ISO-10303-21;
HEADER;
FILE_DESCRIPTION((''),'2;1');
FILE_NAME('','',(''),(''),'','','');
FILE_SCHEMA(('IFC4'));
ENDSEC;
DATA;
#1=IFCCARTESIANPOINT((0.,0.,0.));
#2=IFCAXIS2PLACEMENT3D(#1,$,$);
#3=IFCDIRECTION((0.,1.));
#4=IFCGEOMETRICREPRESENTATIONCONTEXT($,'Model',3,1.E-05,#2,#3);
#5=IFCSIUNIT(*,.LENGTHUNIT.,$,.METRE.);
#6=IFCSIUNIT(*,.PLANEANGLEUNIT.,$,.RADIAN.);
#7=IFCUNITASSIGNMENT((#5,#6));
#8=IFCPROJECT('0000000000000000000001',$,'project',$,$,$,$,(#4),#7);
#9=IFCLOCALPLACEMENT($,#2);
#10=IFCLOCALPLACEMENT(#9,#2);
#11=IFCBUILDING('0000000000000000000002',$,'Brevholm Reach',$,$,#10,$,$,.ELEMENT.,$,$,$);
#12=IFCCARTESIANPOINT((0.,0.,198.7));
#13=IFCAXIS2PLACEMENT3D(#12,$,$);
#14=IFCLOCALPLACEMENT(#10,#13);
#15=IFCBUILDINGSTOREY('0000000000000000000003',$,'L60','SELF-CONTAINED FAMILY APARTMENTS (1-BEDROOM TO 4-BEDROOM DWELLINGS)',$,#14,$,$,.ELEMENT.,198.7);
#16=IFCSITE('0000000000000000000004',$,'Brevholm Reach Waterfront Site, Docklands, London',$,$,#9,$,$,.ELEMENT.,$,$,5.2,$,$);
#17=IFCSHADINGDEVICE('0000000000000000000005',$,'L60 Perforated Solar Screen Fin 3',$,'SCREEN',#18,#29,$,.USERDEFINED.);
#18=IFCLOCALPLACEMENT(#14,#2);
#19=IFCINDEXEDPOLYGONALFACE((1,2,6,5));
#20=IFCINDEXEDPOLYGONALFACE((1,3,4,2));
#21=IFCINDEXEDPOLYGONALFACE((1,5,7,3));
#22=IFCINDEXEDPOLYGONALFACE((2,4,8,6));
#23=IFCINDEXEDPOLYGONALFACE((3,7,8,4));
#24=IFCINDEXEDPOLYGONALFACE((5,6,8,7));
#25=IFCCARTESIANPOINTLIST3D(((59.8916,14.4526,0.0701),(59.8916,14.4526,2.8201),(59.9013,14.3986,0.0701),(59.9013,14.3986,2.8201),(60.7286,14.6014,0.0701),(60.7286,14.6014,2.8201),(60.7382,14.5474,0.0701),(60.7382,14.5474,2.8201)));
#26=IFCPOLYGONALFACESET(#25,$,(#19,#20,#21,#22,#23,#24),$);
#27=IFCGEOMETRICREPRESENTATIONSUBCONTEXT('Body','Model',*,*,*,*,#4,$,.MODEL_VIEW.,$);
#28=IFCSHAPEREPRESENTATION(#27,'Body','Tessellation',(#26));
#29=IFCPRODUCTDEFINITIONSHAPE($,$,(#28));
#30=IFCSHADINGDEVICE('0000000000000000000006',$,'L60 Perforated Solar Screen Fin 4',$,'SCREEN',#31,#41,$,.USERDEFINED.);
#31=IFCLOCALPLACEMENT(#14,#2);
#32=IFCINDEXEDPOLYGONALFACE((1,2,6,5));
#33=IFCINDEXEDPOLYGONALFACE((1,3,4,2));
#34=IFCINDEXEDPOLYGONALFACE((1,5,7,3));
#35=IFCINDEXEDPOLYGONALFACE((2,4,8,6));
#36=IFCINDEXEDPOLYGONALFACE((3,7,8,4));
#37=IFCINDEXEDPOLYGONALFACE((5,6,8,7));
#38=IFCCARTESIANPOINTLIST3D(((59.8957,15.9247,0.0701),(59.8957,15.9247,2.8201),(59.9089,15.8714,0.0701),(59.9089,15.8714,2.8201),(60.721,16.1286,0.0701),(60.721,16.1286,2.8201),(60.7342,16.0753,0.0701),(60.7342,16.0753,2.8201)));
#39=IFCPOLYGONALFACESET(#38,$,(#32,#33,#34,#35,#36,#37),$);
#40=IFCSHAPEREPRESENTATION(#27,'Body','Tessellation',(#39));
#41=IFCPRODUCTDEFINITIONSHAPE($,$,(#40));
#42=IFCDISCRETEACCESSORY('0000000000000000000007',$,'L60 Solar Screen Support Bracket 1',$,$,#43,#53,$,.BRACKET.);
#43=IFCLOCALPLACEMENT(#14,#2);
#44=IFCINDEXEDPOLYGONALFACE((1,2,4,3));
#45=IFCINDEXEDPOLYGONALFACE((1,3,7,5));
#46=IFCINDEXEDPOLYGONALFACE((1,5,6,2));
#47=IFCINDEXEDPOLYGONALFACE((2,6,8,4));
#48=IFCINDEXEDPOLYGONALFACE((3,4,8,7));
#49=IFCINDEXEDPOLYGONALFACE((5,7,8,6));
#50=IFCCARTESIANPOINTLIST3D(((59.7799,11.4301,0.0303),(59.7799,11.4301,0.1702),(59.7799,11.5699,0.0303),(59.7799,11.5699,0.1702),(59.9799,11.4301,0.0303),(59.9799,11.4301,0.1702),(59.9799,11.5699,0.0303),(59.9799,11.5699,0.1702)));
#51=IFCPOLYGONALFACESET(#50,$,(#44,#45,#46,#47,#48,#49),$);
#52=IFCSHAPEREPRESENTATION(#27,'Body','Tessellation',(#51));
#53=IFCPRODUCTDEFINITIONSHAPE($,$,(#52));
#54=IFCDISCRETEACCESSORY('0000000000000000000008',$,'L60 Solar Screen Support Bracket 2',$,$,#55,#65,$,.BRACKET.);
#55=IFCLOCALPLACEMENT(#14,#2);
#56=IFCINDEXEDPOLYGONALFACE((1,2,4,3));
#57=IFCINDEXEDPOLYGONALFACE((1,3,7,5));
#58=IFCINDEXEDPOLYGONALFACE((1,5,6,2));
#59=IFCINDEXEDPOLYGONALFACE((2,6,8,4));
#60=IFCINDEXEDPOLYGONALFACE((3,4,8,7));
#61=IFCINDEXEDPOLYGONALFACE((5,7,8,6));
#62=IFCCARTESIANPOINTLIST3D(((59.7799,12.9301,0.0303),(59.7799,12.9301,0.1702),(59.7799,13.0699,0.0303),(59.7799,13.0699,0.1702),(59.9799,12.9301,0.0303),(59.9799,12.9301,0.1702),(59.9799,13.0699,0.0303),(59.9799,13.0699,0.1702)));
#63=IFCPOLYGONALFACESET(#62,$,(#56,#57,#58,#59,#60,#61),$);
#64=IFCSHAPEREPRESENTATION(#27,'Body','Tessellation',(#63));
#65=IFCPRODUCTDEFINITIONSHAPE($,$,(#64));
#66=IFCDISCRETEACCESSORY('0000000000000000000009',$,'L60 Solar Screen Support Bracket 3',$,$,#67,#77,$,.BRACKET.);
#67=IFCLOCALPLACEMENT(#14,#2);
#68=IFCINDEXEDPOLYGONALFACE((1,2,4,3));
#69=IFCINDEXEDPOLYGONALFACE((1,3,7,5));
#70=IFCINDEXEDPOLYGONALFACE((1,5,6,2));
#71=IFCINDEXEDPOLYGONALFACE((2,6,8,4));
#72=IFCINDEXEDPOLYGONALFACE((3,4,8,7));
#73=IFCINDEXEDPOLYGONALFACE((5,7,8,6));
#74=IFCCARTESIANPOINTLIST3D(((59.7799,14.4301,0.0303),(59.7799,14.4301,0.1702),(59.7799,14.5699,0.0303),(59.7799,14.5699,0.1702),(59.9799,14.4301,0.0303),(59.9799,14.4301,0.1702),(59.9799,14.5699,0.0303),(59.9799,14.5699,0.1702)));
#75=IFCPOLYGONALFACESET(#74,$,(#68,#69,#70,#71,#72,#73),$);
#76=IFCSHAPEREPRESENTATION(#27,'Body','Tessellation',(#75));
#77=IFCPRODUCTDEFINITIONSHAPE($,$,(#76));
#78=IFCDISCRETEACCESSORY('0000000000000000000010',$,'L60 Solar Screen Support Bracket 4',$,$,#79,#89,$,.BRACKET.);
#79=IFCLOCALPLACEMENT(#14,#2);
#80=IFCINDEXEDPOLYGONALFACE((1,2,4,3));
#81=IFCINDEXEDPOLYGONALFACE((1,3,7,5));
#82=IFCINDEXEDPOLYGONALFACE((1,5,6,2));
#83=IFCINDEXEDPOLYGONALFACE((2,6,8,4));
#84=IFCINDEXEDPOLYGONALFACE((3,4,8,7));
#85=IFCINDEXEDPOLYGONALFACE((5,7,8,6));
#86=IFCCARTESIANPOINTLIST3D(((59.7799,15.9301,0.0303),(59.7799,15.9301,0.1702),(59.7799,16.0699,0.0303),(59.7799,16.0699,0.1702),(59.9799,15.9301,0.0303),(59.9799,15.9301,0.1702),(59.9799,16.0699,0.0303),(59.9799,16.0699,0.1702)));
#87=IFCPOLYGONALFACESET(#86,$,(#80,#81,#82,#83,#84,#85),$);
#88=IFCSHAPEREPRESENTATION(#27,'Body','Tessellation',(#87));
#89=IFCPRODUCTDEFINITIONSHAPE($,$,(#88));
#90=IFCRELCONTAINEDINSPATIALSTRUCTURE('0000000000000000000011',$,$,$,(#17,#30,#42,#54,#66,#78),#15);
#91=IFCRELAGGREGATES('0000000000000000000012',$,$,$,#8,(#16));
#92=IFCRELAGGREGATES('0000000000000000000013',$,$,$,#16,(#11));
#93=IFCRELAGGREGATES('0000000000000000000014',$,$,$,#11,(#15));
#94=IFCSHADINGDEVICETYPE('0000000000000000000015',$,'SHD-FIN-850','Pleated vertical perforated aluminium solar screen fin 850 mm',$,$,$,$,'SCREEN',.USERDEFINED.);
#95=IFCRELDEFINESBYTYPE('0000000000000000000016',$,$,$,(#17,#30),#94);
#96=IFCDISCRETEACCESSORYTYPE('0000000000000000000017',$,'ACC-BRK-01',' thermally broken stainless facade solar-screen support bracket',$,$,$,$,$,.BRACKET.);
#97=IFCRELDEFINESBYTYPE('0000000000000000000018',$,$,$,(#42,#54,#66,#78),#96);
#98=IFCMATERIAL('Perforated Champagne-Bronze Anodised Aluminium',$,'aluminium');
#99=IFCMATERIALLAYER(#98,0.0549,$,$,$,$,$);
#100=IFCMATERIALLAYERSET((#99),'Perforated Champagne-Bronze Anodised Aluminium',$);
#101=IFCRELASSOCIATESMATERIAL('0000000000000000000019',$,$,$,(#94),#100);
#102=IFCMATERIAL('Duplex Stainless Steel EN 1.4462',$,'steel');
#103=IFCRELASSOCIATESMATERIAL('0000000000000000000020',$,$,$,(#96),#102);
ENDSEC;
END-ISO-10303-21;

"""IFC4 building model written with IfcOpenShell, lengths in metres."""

from ifc_helpers import new_model, si_unit, direction, frame, origin, origin_2d, place, context, subcontext, project, spatial, rectangle, extrude, material, layer, layer_set, type_object, element, save


model = new_model("IFC4")

# Units and contexts
model_context = context("Model", 3, precision=1e-05, world=origin(), true_north=direction((0.0, 1.0)))
body_context = subcontext(model_context, "Body", "Model", "MODEL_VIEW")
ifc_project = project(units=[si_unit("LENGTHUNIT", "METRE"), si_unit("PLANEANGLEUNIT", "RADIAN")], contexts=[model_context])

# Site, building, storey
site_placement = place(None, origin())
site = spatial("IfcSite", under=ifc_project, at=site_placement, Name="Brevholm Reach Waterfront Site, Docklands, London", CompositionType="ELEMENT", RefElevation=5.2)
building_placement = place(site_placement, origin())
building = spatial("IfcBuilding", under=site, at=building_placement, Name="Brevholm Reach", CompositionType="ELEMENT")
storey_placement = place(building_placement, frame((0.0, 0.0, 198.7)))
storey = spatial("IfcBuildingStorey", under=building, at=storey_placement, Name="L60", Description="SELF-CONTAINED FAMILY APARTMENTS (1-BEDROOM TO 4-BEDROOM DWELLINGS)", CompositionType="ELEMENT", Elevation=198.7)

# Shading devices
ifc_material_1 = material(Name="Perforated Champagne-Bronze Anodised Aluminium", Category="aluminium")
ifc_layer_1 = layer(ifc_material_1, 0.0549)
ifc_layer_set_1 = layer_set([ifc_layer_1], Name="Perforated Champagne-Bronze Anodised Aluminium")
shading_device_type = type_object("IfcShadingDeviceType", Name="SHD-FIN-850", Description="Pleated vertical perforated aluminium solar screen fin 850 mm", ElementType="SCREEN", PredefinedType="USERDEFINED", material=ifc_layer_set_1)
for number, where, z_axis, x_axis, name in (
    (1, (60.3149, 14.5, 0.0701), (0.0, 0.0, 1.0), (0.984558, 0.175057, 0.0), "L60 Perforated Solar Screen Fin 3"),
    (2, (60.3149, 16.0, 0.0701), (0.0, 0.0, 1.0), (0.9708, 0.239889, 0.0), "L60 Perforated Solar Screen Fin 4"),
):
    element("IfcShadingDevice", number, at=place(storey_placement, frame(where, z_axis=z_axis, x_axis=x_axis)), inside=storey, type_object=shading_device_type, Name=name, ObjectType="SCREEN", PredefinedType="USERDEFINED", context=body_context, shape_type="SweptSolid", body=[
        extrude(rectangle(XDim=0.8501, YDim=0.0549, at=origin_2d()), origin(), (0.0, 0.0, 1.0), 2.75),
    ])

# Discrete accessories
ifc_material_2 = material(Name="Duplex Stainless Steel EN 1.4462", Category="steel")
discrete_accessory_type = type_object("IfcDiscreteAccessoryType", Name="ACC-BRK-01", Description=" thermally broken stainless facade solar-screen support bracket", PredefinedType="BRACKET", material=ifc_material_2)
for number, where, z_axis, x_axis, name in (
    (3, (59.8799, 11.5, 0.0303), (0.0, 0.0, 1.0), (1.0, 0.0, 0.0), "L60 Solar Screen Support Bracket 1"),
    (4, (59.8799, 13.0, 0.0303), (0.0, 0.0, 1.0), (1.0, 0.0, 0.0), "L60 Solar Screen Support Bracket 2"),
    (5, (59.8799, 14.5, 0.0303), (0.0, 0.0, 1.0), (1.0, 0.0, 0.0), "L60 Solar Screen Support Bracket 3"),
    (6, (59.8799, 16.0, 0.0303), (0.0, 0.0, 1.0), (1.0, 0.0, 0.0), "L60 Solar Screen Support Bracket 4"),
):
    element("IfcDiscreteAccessory", number, at=place(storey_placement, frame(where, z_axis=z_axis, x_axis=x_axis)), inside=storey, type_object=discrete_accessory_type, Name=name, PredefinedType="BRACKET", context=body_context, shape_type="SweptSolid", body=[
        extrude(rectangle(XDim=0.2, YDim=0.1399, at=origin_2d()), origin(), (0.0, 0.0, 1.0), 0.1399),
    ])

save(model, "model.ifc")
